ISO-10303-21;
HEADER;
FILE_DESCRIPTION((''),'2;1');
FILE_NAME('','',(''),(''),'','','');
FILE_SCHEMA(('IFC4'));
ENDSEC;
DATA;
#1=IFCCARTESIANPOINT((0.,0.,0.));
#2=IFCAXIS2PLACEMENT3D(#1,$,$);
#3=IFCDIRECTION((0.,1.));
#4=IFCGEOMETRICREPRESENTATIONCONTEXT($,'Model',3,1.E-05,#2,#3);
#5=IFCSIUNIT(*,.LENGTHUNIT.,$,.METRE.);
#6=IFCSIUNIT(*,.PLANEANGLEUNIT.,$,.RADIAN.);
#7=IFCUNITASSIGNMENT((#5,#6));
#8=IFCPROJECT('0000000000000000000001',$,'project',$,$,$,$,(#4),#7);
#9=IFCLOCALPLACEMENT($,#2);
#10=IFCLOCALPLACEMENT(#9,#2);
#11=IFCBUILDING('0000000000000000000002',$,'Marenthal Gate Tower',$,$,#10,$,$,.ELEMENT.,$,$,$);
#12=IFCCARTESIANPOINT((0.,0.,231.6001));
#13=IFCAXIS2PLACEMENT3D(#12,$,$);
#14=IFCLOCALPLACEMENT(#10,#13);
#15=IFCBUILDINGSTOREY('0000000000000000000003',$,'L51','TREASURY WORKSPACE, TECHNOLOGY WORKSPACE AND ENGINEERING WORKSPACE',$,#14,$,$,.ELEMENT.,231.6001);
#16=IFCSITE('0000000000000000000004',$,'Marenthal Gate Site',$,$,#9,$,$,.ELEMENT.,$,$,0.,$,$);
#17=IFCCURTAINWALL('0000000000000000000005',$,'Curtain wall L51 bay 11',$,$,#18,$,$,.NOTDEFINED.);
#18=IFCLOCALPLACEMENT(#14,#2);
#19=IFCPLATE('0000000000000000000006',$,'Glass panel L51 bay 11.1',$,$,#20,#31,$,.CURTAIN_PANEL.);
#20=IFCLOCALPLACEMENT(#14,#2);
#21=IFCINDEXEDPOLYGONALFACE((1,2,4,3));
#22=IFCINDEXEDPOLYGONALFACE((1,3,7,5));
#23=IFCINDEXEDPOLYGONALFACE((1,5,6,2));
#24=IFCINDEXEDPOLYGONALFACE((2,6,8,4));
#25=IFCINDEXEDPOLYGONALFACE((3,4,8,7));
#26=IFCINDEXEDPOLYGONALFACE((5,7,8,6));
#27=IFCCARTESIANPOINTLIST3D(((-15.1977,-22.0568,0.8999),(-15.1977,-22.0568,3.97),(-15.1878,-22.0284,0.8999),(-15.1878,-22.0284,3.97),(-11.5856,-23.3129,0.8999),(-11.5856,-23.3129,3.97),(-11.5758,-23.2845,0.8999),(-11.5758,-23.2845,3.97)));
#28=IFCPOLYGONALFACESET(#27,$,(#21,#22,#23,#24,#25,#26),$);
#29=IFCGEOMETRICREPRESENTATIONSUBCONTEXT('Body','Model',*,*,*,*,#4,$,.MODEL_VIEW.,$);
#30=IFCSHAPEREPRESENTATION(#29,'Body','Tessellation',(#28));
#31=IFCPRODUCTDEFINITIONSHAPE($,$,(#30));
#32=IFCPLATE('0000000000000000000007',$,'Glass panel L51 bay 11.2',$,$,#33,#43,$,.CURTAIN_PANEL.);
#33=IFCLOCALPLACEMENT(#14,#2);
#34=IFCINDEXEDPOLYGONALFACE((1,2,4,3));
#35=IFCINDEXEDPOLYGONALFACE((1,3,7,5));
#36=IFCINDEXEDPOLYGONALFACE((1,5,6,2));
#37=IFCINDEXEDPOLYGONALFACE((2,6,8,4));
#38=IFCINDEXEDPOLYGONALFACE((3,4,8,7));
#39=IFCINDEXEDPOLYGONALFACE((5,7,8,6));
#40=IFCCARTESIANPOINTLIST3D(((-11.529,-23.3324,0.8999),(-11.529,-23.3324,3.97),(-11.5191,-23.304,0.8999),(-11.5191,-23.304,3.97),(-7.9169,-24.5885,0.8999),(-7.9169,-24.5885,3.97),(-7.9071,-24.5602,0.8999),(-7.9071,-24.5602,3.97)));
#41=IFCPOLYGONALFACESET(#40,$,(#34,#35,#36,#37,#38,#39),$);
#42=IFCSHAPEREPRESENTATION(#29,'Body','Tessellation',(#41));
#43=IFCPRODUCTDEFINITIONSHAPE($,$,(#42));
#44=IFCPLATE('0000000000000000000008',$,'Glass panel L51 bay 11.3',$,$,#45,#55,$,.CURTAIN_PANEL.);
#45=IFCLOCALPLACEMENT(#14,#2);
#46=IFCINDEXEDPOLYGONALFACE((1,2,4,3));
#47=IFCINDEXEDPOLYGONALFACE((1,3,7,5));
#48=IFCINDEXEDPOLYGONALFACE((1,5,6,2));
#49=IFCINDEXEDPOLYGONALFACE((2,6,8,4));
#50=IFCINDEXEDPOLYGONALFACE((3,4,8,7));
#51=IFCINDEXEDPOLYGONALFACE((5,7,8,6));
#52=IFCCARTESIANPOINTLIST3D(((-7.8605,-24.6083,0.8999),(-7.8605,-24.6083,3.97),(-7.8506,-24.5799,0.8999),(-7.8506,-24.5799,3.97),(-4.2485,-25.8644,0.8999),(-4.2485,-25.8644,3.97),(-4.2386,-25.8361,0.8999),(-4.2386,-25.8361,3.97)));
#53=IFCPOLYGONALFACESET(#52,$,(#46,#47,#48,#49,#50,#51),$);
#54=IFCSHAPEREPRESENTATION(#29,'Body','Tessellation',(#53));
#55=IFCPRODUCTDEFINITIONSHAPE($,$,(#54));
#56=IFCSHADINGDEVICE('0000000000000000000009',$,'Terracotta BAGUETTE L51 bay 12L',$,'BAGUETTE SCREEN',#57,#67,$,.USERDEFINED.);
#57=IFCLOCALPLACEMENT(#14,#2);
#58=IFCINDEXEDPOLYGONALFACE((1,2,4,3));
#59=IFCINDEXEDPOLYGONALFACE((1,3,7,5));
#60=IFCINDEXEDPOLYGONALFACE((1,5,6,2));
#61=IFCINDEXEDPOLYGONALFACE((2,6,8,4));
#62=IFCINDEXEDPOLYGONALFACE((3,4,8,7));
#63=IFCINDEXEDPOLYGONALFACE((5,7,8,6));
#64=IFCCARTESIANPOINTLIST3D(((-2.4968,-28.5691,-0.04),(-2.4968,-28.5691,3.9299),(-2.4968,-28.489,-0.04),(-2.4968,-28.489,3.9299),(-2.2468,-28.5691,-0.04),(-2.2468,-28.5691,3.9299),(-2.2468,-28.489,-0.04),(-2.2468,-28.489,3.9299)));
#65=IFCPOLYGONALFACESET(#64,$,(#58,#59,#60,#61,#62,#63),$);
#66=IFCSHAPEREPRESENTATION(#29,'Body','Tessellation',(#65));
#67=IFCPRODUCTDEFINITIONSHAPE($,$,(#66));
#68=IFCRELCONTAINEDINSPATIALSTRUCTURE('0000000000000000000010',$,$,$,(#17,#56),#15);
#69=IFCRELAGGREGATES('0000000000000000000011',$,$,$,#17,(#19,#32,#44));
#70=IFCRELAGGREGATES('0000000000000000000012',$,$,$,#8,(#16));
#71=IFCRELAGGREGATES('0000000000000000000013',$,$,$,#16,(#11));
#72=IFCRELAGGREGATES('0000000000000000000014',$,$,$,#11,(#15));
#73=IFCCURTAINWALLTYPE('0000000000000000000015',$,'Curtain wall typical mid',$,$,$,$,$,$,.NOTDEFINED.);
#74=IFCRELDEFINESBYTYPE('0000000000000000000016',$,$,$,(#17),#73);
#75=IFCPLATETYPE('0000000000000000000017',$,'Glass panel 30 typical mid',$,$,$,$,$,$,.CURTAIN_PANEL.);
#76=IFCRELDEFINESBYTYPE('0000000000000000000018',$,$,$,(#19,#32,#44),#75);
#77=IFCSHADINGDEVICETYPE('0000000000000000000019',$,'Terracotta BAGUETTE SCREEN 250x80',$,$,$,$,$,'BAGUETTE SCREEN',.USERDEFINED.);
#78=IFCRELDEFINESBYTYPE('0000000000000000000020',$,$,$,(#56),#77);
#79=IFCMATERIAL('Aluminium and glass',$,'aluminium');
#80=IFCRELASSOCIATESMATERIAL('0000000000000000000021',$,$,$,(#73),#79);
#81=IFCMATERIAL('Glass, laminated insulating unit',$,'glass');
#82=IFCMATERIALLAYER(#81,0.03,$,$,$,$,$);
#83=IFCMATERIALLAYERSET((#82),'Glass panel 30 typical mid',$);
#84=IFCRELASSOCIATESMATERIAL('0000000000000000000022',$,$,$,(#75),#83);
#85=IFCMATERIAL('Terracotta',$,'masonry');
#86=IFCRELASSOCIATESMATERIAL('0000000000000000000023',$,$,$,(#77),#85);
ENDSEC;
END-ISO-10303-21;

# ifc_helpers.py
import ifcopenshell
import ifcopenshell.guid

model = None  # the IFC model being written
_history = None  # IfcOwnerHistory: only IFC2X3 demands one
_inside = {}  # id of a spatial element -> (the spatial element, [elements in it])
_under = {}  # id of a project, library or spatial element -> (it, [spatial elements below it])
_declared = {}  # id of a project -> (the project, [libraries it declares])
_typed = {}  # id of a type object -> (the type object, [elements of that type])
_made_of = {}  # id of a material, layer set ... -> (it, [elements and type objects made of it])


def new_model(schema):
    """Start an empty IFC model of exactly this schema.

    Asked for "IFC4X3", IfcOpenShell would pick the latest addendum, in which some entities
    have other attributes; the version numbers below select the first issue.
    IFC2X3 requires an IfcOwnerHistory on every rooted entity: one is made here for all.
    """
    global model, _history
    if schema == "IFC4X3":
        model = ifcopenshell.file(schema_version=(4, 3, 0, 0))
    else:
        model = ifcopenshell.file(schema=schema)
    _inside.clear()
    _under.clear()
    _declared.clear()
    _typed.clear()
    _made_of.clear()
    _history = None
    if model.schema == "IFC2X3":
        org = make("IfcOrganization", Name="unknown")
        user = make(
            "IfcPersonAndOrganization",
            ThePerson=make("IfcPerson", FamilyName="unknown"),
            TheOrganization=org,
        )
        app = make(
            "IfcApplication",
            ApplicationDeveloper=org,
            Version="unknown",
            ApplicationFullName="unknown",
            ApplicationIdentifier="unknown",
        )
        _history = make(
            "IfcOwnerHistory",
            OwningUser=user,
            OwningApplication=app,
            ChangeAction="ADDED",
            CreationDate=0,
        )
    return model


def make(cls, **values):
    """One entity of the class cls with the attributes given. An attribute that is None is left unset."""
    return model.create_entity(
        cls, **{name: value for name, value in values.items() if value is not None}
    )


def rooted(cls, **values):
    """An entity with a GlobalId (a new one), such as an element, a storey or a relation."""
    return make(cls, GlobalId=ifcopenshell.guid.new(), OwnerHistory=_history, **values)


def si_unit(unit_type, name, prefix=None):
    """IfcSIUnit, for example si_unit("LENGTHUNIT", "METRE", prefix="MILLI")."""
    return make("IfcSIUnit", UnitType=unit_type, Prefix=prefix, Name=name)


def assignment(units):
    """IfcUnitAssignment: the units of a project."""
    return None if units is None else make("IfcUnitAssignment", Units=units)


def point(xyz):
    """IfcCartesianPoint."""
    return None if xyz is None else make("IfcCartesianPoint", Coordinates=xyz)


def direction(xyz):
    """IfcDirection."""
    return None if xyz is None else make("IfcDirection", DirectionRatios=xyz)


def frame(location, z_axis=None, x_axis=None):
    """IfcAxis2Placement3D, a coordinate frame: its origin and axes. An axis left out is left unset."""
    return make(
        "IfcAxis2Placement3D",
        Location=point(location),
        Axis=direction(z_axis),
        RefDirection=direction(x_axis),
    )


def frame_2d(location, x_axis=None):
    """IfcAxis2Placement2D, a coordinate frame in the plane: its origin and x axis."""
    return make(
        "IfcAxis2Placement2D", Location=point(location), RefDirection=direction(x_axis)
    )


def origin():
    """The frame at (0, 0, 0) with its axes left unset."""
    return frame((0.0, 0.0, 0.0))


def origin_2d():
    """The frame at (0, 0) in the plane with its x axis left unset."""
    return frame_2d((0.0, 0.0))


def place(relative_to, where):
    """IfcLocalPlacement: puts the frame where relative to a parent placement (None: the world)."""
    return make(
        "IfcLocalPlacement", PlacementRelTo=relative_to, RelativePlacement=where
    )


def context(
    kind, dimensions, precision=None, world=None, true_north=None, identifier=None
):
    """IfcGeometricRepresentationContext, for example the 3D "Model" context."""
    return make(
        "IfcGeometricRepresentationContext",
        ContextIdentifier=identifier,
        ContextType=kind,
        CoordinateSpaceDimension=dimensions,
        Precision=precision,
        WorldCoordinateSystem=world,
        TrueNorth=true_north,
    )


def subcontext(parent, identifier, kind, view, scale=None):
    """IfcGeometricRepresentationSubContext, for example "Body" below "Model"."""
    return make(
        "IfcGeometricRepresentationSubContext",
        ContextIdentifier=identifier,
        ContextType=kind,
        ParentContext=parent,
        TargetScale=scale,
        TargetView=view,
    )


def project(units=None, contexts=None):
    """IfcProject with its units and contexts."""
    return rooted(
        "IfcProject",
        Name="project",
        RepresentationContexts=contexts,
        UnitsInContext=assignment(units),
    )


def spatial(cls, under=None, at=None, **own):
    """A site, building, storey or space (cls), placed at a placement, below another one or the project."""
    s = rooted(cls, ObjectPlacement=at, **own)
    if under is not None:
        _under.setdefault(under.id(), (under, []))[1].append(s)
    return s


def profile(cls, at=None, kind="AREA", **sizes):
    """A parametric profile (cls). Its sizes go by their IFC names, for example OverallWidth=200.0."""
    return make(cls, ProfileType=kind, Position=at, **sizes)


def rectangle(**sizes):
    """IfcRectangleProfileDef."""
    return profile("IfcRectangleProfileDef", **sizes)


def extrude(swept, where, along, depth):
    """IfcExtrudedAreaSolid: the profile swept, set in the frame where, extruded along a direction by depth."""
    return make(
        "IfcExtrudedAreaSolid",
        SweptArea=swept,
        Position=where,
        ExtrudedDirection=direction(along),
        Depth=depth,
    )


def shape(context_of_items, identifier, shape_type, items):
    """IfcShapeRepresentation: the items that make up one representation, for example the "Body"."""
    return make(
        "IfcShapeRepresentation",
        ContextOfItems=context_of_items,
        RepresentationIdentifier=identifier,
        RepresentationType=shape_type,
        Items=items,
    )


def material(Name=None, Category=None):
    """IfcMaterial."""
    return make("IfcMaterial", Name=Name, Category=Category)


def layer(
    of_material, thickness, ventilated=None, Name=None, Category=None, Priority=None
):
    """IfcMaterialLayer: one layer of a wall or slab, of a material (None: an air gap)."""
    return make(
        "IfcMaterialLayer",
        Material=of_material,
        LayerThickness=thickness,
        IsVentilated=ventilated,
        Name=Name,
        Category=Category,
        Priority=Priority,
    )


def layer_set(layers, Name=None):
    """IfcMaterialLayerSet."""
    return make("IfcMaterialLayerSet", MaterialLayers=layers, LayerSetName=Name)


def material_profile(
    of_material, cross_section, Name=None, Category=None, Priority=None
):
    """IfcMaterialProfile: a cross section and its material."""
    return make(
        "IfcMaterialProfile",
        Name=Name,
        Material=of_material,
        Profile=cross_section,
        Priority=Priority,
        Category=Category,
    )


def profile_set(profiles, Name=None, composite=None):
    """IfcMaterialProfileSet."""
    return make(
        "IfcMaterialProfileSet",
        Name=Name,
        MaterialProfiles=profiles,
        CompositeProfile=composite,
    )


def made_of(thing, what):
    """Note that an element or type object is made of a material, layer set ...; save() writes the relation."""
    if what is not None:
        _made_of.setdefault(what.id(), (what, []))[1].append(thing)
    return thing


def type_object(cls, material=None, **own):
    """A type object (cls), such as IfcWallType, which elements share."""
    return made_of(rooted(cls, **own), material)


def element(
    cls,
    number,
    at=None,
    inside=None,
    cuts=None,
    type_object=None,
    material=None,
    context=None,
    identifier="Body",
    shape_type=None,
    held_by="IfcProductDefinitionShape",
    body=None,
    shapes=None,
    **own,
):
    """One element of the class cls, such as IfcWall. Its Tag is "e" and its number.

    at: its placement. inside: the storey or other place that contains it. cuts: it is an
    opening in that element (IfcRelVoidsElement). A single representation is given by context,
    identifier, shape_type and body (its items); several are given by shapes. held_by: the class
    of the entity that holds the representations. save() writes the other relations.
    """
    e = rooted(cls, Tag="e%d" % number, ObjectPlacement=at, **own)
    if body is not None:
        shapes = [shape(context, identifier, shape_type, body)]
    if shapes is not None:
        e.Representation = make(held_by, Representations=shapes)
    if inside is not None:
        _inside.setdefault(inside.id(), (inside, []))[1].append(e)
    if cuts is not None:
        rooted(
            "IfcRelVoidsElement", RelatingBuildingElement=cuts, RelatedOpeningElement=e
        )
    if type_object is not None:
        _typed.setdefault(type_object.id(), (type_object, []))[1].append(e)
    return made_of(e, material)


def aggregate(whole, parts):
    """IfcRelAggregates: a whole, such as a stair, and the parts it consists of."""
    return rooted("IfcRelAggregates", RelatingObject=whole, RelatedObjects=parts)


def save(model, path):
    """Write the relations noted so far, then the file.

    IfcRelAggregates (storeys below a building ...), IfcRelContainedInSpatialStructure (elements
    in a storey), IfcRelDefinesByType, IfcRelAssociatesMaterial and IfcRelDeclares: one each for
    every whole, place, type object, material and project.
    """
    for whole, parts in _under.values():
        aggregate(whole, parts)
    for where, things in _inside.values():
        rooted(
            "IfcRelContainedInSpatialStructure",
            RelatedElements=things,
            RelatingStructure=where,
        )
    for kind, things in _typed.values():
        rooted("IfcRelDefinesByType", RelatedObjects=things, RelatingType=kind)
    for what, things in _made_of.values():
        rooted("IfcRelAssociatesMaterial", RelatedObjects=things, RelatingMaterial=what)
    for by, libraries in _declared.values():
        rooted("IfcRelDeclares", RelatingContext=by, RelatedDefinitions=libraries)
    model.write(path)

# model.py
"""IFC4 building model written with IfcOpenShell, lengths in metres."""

from ifc_helpers import new_model, si_unit, direction, frame, origin, origin_2d, place, context, subcontext, project, spatial, rectangle, extrude, material, layer, layer_set, material_profile, profile_set, type_object, element, aggregate, save


model = new_model("IFC4")

# Units and contexts
model_context = context("Model", 3, precision=1e-05, world=origin(), true_north=direction((0.0, 1.0)))
body_context = subcontext(model_context, "Body", "Model", "MODEL_VIEW")
ifc_project = project(units=[si_unit("LENGTHUNIT", "METRE"), si_unit("PLANEANGLEUNIT", "RADIAN")], contexts=[model_context])

# Site, building, storey
site_placement = place(None, origin())
site = spatial("IfcSite", under=ifc_project, at=site_placement, Name="Marenthal Gate Site", CompositionType="ELEMENT", RefElevation=0.0)
building_placement = place(site_placement, origin())
building = spatial("IfcBuilding", under=site, at=building_placement, Name="Marenthal Gate Tower", CompositionType="ELEMENT")
storey_placement = place(building_placement, frame((0.0, 0.0, 231.6001)))
storey = spatial("IfcBuildingStorey", under=building, at=storey_placement, Name="L51", Description="TREASURY WORKSPACE, TECHNOLOGY WORKSPACE AND ENGINEERING WORKSPACE", CompositionType="ELEMENT", Elevation=231.6001)

# Curtain wall
ifc_material_1 = material(Name="Aluminium and glass", Category="aluminium")
curtain_wall_type = type_object("IfcCurtainWallType", Name="Curtain wall typical mid", PredefinedType="NOTDEFINED", material=ifc_material_1)
curtain_wall_placement = place(storey_placement, origin())
curtain_wall = element("IfcCurtainWall", 1, at=curtain_wall_placement, inside=storey, type_object=curtain_wall_type, Name="Curtain wall L51 bay 11", PredefinedType="NOTDEFINED")

# Plates
ifc_material_2 = material(Name="Glass, laminated insulating unit", Category="glass")
ifc_layer_1 = layer(ifc_material_2, 0.03)
ifc_layer_set_1 = layer_set([ifc_layer_1], Name="Glass panel 30 typical mid")
plate_type = type_object("IfcPlateType", Name="Glass panel 30 typical mid", PredefinedType="CURTAIN_PANEL", material=ifc_layer_set_1)
plate_1_placement = place(storey_placement, frame((-13.3867, -22.6707, 0.8999), z_axis=(0.0, 0.0, 1.0), x_axis=(0.944515, -0.328468, 0.0)))
plate_1 = element("IfcPlate", 2, at=plate_1_placement, type_object=plate_type, Name="Glass panel L51 bay 11.1", PredefinedType="CURTAIN_PANEL", context=body_context, shape_type="SweptSolid", body=[
    extrude(rectangle(XDim=3.8242, YDim=0.03, at=origin_2d()), origin(), (0.0, 0.0, 1.0), 3.0701),
])
plate_2_placement = place(storey_placement, frame((-9.718, -23.9463, 0.8999), z_axis=(0.0, 0.0, 1.0), x_axis=(0.944515, -0.328468, 0.0)))
plate_2 = element("IfcPlate", 3, at=plate_2_placement, type_object=plate_type, Name="Glass panel L51 bay 11.2", PredefinedType="CURTAIN_PANEL", context=body_context, shape_type="SweptSolid", body=[
    extrude(rectangle(XDim=3.8242, YDim=0.03, at=origin_2d()), origin(), (0.0, 0.0, 1.0), 3.0701),
])
plate_3_placement = place(storey_placement, frame((-6.0496, -25.2222, 0.8999), z_axis=(0.0, 0.0, 1.0), x_axis=(0.944515, -0.328468, 0.0)))
plate_3 = element("IfcPlate", 4, at=plate_3_placement, type_object=plate_type, Name="Glass panel L51 bay 11.3", PredefinedType="CURTAIN_PANEL", context=body_context, shape_type="SweptSolid", body=[
    extrude(rectangle(XDim=3.8242, YDim=0.03, at=origin_2d()), origin(), (0.0, 0.0, 1.0), 3.0701),
])
aggregate(curtain_wall, [plate_1, plate_2, plate_3])

# Shading device
ifc_material_3 = material(Name="Terracotta", Category="masonry")
ifc_material_profile_1 = material_profile(ifc_material_3, rectangle(XDim=0.25, YDim=0.0801, at=origin_2d()), Name="Terracotta baguette 250x80")
ifc_profile_set_1 = profile_set([ifc_material_profile_1], Name="Terracotta")
shading_device_type = type_object("IfcShadingDeviceType", Name="Terracotta BAGUETTE SCREEN 250x80", ElementType="BAGUETTE SCREEN", PredefinedType="USERDEFINED", material=ifc_profile_set_1)
shading_device_placement = place(storey_placement, frame((-2.3718, -28.5291, -0.04), z_axis=(0.0, 0.0, 1.0), x_axis=(1.0, 0.0, 0.0)))
element("IfcShadingDevice", 5, at=shading_device_placement, inside=storey, type_object=shading_device_type, Name="Terracotta BAGUETTE L51 bay 12L", ObjectType="BAGUETTE SCREEN", PredefinedType="USERDEFINED", context=body_context, shape_type="SweptSolid", body=[
    extrude(rectangle(XDim=0.25, YDim=0.0801, at=origin_2d()), origin(), (0.0, 0.0, 1.0), 3.97),
])

save(model, "model.ifc")
